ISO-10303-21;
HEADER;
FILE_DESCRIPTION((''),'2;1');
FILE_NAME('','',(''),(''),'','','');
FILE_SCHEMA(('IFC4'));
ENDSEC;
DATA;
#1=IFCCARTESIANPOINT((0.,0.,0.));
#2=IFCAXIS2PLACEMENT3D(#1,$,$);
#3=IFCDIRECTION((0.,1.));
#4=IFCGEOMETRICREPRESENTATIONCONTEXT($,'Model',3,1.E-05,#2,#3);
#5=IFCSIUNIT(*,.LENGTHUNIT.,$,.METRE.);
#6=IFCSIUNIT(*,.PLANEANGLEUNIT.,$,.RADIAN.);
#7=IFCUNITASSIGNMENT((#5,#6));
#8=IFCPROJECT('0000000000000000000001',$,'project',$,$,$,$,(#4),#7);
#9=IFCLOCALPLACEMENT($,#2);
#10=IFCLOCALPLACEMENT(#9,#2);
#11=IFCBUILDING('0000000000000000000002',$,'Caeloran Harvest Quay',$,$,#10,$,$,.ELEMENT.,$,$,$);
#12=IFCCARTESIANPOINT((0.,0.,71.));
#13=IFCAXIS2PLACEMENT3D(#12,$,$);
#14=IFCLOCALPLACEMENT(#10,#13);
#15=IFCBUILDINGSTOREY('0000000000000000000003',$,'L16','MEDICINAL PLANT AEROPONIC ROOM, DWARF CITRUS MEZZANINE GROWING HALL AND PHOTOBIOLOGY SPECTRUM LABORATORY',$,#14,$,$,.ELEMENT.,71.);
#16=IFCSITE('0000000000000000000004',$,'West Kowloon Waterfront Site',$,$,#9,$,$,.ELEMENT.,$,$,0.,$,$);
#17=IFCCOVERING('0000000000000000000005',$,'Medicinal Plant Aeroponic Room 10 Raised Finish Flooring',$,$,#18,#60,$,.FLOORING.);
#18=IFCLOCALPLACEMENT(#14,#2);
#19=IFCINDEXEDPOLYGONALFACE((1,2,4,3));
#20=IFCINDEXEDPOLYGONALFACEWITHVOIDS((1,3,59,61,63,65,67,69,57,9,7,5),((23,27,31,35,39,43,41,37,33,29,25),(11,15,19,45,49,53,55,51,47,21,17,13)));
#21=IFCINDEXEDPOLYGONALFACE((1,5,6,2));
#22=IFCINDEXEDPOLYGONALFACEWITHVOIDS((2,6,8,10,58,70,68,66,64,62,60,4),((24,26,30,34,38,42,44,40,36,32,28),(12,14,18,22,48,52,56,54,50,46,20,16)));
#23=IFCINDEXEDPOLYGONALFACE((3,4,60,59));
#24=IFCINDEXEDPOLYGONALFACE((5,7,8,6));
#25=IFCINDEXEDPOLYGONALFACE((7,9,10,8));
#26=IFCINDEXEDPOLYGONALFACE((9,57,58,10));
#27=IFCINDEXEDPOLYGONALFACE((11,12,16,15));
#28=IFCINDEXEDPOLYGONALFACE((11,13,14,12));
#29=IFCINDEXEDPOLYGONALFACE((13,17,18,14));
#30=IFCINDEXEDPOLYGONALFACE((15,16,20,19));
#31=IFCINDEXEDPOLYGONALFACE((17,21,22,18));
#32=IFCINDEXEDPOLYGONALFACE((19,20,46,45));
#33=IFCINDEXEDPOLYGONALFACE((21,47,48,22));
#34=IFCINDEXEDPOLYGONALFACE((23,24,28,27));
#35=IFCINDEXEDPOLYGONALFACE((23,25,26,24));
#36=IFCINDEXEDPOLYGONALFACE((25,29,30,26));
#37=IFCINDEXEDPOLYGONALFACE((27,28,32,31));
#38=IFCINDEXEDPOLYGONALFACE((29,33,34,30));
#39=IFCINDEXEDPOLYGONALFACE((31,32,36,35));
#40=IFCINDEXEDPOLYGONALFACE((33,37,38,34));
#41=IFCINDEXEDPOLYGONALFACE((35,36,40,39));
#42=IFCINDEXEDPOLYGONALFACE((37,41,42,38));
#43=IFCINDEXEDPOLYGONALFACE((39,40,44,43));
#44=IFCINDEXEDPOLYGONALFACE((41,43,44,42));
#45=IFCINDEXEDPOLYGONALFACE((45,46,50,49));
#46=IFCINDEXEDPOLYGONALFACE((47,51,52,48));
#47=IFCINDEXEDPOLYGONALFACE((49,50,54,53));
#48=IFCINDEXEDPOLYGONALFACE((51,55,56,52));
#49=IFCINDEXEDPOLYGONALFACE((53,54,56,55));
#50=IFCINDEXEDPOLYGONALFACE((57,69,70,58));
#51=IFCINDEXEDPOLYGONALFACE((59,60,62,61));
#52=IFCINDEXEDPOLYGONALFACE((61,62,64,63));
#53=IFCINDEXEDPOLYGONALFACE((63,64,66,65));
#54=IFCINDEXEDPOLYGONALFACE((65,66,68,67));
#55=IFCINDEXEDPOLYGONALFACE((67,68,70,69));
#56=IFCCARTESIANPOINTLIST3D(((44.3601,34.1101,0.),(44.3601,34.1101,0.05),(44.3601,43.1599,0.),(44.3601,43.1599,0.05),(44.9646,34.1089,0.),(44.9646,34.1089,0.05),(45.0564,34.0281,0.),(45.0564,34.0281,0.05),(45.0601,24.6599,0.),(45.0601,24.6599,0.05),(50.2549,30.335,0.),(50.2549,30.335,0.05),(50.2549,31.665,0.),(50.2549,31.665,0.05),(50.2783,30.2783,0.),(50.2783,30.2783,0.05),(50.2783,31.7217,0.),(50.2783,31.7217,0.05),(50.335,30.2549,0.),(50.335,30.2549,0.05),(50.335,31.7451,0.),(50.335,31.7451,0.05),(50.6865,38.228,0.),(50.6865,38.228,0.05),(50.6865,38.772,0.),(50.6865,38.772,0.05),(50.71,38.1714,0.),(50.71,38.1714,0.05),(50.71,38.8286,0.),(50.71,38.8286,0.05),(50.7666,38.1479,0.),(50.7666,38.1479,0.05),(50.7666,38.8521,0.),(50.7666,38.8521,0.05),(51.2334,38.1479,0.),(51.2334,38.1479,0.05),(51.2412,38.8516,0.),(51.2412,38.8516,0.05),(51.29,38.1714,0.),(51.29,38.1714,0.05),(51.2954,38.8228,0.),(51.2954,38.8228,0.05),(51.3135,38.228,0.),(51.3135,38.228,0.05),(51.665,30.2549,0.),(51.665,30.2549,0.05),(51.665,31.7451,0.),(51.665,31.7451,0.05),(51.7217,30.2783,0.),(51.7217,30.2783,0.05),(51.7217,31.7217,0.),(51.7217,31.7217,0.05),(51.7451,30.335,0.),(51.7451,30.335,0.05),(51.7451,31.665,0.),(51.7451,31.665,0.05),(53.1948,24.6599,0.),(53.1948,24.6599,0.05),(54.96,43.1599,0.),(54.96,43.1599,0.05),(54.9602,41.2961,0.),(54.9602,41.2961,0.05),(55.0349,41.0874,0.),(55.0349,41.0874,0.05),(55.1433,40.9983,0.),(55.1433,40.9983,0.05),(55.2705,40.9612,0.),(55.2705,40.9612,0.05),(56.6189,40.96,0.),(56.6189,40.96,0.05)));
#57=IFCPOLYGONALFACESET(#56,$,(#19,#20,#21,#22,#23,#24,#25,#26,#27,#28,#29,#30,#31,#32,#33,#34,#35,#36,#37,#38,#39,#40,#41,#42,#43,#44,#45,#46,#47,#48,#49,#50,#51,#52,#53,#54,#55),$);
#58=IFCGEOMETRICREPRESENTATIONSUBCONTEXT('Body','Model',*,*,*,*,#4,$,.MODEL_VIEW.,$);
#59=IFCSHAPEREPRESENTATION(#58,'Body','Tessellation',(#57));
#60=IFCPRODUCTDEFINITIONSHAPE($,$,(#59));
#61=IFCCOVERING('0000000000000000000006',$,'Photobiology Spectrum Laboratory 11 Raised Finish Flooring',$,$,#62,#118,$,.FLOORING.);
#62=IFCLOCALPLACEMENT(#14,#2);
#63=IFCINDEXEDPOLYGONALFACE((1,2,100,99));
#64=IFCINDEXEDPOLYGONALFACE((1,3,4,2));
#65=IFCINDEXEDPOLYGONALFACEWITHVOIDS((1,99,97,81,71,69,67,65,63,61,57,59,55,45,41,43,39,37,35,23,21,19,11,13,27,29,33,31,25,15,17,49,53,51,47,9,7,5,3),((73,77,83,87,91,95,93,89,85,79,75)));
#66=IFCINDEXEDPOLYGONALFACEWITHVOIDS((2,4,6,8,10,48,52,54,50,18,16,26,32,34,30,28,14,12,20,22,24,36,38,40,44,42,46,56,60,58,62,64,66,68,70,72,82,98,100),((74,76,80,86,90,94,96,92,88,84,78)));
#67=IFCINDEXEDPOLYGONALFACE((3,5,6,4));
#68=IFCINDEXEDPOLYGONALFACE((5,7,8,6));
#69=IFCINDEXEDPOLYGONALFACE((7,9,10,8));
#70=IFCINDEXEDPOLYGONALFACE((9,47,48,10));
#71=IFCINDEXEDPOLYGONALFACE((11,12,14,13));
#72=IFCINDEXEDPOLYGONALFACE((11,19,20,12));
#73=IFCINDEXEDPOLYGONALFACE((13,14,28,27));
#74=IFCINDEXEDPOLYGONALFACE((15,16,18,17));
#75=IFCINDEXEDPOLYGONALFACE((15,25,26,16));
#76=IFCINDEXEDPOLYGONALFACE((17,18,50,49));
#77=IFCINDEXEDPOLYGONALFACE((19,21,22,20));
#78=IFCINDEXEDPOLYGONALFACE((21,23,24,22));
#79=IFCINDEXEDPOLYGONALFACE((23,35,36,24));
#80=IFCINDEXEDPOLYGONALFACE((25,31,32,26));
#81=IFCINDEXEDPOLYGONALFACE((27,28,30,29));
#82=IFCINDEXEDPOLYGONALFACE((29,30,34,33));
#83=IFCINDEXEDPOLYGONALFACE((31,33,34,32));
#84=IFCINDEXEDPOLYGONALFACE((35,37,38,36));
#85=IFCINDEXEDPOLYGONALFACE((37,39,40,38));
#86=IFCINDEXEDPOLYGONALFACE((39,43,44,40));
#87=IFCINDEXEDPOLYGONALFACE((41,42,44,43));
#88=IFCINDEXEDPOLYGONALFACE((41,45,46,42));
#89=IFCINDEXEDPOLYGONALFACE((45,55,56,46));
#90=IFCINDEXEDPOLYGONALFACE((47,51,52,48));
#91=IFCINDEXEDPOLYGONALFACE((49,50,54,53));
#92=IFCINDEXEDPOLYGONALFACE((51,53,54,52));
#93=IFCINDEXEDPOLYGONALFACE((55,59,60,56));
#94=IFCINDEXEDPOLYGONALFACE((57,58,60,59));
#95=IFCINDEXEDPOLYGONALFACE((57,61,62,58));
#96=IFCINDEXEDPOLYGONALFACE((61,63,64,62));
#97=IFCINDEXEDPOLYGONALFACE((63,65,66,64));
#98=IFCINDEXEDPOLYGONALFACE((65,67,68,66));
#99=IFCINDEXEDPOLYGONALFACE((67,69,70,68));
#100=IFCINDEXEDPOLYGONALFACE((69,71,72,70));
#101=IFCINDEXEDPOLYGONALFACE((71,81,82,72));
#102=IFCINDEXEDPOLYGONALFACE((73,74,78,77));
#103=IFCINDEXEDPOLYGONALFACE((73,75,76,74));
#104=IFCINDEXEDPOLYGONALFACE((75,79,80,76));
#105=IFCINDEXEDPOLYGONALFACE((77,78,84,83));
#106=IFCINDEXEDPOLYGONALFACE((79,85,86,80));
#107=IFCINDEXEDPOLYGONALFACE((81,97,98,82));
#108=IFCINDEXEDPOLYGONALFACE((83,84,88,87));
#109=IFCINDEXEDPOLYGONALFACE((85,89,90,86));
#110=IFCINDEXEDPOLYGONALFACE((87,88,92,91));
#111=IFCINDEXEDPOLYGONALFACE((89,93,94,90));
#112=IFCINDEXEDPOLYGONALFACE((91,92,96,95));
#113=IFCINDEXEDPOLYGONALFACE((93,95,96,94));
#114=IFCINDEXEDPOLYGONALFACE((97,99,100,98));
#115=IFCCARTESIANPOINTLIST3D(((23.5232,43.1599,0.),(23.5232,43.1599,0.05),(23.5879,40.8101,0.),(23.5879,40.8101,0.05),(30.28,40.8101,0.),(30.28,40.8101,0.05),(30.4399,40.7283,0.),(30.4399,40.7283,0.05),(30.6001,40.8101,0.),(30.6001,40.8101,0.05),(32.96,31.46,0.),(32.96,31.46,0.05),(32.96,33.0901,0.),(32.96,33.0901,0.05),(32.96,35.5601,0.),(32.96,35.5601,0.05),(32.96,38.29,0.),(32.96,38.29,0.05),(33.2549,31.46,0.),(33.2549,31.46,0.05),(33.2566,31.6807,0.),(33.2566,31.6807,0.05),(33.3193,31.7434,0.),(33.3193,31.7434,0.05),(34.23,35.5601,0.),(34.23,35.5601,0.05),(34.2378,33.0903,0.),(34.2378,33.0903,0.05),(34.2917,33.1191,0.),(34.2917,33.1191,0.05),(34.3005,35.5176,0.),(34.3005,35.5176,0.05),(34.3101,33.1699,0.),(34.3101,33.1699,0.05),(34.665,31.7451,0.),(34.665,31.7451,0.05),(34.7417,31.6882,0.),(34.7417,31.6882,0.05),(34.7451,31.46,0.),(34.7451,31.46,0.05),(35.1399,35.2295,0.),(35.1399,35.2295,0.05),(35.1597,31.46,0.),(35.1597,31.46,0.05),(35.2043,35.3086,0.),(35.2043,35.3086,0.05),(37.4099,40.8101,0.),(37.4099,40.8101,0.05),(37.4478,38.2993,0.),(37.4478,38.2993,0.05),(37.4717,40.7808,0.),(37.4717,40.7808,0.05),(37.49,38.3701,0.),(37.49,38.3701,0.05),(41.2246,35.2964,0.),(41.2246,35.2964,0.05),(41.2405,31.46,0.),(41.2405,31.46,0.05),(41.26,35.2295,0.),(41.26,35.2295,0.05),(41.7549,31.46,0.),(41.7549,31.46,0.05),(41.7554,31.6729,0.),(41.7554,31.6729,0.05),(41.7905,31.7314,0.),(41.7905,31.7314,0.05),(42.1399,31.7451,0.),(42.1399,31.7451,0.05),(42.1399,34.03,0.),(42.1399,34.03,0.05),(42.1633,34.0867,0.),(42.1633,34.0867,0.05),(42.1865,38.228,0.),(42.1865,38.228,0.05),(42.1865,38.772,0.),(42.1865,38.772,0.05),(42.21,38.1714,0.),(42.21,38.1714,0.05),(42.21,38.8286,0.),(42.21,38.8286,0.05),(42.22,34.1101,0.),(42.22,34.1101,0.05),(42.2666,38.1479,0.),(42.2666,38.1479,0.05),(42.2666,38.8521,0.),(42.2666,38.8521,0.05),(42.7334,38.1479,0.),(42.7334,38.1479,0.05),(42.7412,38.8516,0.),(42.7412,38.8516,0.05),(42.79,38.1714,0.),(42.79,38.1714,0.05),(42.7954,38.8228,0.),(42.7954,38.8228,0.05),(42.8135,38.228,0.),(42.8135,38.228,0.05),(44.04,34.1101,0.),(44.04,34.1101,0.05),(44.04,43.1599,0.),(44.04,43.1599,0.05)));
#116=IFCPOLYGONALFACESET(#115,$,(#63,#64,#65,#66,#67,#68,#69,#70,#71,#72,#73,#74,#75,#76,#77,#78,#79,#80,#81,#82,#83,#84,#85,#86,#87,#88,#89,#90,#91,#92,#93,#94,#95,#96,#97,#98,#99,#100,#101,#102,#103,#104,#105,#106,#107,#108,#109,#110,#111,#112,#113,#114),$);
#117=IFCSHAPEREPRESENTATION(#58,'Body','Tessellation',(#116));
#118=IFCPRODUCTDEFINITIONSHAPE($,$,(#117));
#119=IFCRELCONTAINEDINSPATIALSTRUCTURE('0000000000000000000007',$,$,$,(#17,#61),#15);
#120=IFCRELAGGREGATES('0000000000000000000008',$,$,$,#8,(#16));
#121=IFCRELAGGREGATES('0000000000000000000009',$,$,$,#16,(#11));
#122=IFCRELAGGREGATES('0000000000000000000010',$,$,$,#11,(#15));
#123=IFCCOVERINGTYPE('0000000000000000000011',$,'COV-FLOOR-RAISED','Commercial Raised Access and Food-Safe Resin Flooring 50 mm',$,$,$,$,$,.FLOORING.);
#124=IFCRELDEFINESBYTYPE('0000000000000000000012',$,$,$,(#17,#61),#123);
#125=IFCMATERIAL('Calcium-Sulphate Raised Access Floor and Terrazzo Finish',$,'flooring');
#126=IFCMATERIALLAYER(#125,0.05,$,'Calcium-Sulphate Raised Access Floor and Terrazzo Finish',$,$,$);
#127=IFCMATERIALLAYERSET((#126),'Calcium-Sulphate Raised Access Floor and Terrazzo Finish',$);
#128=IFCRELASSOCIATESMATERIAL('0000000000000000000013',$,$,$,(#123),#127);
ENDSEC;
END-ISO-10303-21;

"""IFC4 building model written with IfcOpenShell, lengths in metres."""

from ifc_helpers import new_model, si_unit, direction, frame, origin, place, context, subcontext, project, spatial, polyline, outline, extrude, material, layer, layer_set, type_object, element, save


model = new_model("IFC4")

# Units and contexts
model_context = context("Model", 3, precision=1e-05, world=origin(), true_north=direction((0.0, 1.0)))
body_context = subcontext(model_context, "Body", "Model", "MODEL_VIEW")
ifc_project = project(units=[si_unit("LENGTHUNIT", "METRE"), si_unit("PLANEANGLEUNIT", "RADIAN")], contexts=[model_context])

# Site, building, storey
site_placement = place(None, origin())
site = spatial("IfcSite", under=ifc_project, at=site_placement, Name="West Kowloon Waterfront Site", CompositionType="ELEMENT", RefElevation=0.0)
building_placement = place(site_placement, origin())
building = spatial("IfcBuilding", under=site, at=building_placement, Name="Caeloran Harvest Quay", CompositionType="ELEMENT")
storey_placement = place(building_placement, frame((0.0, 0.0, 71.0)))
storey = spatial("IfcBuildingStorey", under=building, at=storey_placement, Name="L16", Description="MEDICINAL PLANT AEROPONIC ROOM, DWARF CITRUS MEZZANINE GROWING HALL AND PHOTOBIOLOGY SPECTRUM LABORATORY", CompositionType="ELEMENT", Elevation=71.0)

# Coverings
ifc_material_1 = material(Name="Calcium-Sulphate Raised Access Floor and Terrazzo Finish", Category="flooring")
ifc_layer_1 = layer(ifc_material_1, 0.05, Name="Calcium-Sulphate Raised Access Floor and Terrazzo Finish")
ifc_layer_set_1 = layer_set([ifc_layer_1], Name="Calcium-Sulphate Raised Access Floor and Terrazzo Finish")
covering_type_1 = type_object("IfcCoveringType", Name="COV-FLOOR-RAISED", Description="Commercial Raised Access and Food-Safe Resin Flooring 50 mm", PredefinedType="FLOORING", material=ifc_layer_set_1)
covering_1_placement = place(storey_placement, origin())
element("IfcCovering", 1, at=covering_1_placement, inside=storey, type_object=covering_type_1, Name="Medicinal Plant Aeroponic Room 10 Raised Finish Flooring", PredefinedType="FLOORING", context=body_context, shape_type="SweptSolid", body=[
    extrude(outline(polyline([(45.0564, 34.0281), (44.9646, 34.1089), (44.3601, 34.1101), (44.3601, 43.1599), (54.96, 43.1599), (54.9602, 41.2961), (55.0349, 41.0874), (55.1433, 40.9983), (55.2705, 40.9612), (56.6189, 40.96), (53.1948, 24.6599), (45.0601, 24.6599), (45.0564, 34.0281)]), holes=[polyline([(51.7451, 31.665), (51.7217, 31.7217), (51.665, 31.7451), (50.335, 31.7451), (50.2783, 31.7217), (50.2549, 31.665), (50.2549, 30.335), (50.2783, 30.2783), (50.335, 30.2549), (51.665, 30.2549), (51.7217, 30.2783), (51.7451, 30.335), (51.7451, 31.665)]), polyline([(51.3135, 38.228), (51.2954, 38.8228), (51.2412, 38.8516), (50.7666, 38.8521), (50.71, 38.8286), (50.6865, 38.772), (50.6865, 38.228), (50.71, 38.1714), (50.7666, 38.1479), (51.2334, 38.1479), (51.29, 38.1714), (51.3135, 38.228)])]), origin(), (0.0, 0.0, 1.0), 0.05),
])
covering_2_placement = place(storey_placement, origin())
element("IfcCovering", 2, at=covering_2_placement, inside=storey, type_object=covering_type_1, Name="Photobiology Spectrum Laboratory 11 Raised Finish Flooring", PredefinedType="FLOORING", context=body_context, shape_type="SweptSolid", body=[
    extrude(outline(polyline([(44.04, 34.1101), (42.22, 34.1101), (42.1633, 34.0867), (42.1399, 34.03), (42.1399, 31.7451), (41.7905, 31.7314), (41.7554, 31.6729), (41.7549, 31.46), (41.2405, 31.46), (41.26, 35.2295), (41.2246, 35.2964), (35.2043, 35.3086), (35.1399, 35.2295), (35.1597, 31.46), (34.7451, 31.46), (34.7417, 31.6882), (34.665, 31.7451), (33.3193, 31.7434), (33.2566, 31.6807), (33.2549, 31.46), (32.96, 31.46), (32.96, 33.0901), (34.2378, 33.0903), (34.2917, 33.1191), (34.3101, 33.1699), (34.3005, 35.5176), (34.23, 35.5601), (32.96, 35.5601), (32.96, 38.29), (37.4478, 38.2993), (37.49, 38.3701), (37.4717, 40.7808), (37.4099, 40.8101), (30.6001, 40.8101), (30.4399, 40.7283), (30.28, 40.8101), (23.5879, 40.8101), (23.5232, 43.1599), (44.04, 43.1599), (44.04, 34.1101)]), holes=[polyline([(42.8135, 38.228), (42.7954, 38.8228), (42.7412, 38.8516), (42.2666, 38.8521), (42.21, 38.8286), (42.1865, 38.772), (42.1865, 38.228), (42.21, 38.1714), (42.2666, 38.1479), (42.7334, 38.1479), (42.79, 38.1714), (42.8135, 38.228)])]), origin(), (0.0, 0.0, 1.0), 0.05),
])

save(model, "model.ifc")
